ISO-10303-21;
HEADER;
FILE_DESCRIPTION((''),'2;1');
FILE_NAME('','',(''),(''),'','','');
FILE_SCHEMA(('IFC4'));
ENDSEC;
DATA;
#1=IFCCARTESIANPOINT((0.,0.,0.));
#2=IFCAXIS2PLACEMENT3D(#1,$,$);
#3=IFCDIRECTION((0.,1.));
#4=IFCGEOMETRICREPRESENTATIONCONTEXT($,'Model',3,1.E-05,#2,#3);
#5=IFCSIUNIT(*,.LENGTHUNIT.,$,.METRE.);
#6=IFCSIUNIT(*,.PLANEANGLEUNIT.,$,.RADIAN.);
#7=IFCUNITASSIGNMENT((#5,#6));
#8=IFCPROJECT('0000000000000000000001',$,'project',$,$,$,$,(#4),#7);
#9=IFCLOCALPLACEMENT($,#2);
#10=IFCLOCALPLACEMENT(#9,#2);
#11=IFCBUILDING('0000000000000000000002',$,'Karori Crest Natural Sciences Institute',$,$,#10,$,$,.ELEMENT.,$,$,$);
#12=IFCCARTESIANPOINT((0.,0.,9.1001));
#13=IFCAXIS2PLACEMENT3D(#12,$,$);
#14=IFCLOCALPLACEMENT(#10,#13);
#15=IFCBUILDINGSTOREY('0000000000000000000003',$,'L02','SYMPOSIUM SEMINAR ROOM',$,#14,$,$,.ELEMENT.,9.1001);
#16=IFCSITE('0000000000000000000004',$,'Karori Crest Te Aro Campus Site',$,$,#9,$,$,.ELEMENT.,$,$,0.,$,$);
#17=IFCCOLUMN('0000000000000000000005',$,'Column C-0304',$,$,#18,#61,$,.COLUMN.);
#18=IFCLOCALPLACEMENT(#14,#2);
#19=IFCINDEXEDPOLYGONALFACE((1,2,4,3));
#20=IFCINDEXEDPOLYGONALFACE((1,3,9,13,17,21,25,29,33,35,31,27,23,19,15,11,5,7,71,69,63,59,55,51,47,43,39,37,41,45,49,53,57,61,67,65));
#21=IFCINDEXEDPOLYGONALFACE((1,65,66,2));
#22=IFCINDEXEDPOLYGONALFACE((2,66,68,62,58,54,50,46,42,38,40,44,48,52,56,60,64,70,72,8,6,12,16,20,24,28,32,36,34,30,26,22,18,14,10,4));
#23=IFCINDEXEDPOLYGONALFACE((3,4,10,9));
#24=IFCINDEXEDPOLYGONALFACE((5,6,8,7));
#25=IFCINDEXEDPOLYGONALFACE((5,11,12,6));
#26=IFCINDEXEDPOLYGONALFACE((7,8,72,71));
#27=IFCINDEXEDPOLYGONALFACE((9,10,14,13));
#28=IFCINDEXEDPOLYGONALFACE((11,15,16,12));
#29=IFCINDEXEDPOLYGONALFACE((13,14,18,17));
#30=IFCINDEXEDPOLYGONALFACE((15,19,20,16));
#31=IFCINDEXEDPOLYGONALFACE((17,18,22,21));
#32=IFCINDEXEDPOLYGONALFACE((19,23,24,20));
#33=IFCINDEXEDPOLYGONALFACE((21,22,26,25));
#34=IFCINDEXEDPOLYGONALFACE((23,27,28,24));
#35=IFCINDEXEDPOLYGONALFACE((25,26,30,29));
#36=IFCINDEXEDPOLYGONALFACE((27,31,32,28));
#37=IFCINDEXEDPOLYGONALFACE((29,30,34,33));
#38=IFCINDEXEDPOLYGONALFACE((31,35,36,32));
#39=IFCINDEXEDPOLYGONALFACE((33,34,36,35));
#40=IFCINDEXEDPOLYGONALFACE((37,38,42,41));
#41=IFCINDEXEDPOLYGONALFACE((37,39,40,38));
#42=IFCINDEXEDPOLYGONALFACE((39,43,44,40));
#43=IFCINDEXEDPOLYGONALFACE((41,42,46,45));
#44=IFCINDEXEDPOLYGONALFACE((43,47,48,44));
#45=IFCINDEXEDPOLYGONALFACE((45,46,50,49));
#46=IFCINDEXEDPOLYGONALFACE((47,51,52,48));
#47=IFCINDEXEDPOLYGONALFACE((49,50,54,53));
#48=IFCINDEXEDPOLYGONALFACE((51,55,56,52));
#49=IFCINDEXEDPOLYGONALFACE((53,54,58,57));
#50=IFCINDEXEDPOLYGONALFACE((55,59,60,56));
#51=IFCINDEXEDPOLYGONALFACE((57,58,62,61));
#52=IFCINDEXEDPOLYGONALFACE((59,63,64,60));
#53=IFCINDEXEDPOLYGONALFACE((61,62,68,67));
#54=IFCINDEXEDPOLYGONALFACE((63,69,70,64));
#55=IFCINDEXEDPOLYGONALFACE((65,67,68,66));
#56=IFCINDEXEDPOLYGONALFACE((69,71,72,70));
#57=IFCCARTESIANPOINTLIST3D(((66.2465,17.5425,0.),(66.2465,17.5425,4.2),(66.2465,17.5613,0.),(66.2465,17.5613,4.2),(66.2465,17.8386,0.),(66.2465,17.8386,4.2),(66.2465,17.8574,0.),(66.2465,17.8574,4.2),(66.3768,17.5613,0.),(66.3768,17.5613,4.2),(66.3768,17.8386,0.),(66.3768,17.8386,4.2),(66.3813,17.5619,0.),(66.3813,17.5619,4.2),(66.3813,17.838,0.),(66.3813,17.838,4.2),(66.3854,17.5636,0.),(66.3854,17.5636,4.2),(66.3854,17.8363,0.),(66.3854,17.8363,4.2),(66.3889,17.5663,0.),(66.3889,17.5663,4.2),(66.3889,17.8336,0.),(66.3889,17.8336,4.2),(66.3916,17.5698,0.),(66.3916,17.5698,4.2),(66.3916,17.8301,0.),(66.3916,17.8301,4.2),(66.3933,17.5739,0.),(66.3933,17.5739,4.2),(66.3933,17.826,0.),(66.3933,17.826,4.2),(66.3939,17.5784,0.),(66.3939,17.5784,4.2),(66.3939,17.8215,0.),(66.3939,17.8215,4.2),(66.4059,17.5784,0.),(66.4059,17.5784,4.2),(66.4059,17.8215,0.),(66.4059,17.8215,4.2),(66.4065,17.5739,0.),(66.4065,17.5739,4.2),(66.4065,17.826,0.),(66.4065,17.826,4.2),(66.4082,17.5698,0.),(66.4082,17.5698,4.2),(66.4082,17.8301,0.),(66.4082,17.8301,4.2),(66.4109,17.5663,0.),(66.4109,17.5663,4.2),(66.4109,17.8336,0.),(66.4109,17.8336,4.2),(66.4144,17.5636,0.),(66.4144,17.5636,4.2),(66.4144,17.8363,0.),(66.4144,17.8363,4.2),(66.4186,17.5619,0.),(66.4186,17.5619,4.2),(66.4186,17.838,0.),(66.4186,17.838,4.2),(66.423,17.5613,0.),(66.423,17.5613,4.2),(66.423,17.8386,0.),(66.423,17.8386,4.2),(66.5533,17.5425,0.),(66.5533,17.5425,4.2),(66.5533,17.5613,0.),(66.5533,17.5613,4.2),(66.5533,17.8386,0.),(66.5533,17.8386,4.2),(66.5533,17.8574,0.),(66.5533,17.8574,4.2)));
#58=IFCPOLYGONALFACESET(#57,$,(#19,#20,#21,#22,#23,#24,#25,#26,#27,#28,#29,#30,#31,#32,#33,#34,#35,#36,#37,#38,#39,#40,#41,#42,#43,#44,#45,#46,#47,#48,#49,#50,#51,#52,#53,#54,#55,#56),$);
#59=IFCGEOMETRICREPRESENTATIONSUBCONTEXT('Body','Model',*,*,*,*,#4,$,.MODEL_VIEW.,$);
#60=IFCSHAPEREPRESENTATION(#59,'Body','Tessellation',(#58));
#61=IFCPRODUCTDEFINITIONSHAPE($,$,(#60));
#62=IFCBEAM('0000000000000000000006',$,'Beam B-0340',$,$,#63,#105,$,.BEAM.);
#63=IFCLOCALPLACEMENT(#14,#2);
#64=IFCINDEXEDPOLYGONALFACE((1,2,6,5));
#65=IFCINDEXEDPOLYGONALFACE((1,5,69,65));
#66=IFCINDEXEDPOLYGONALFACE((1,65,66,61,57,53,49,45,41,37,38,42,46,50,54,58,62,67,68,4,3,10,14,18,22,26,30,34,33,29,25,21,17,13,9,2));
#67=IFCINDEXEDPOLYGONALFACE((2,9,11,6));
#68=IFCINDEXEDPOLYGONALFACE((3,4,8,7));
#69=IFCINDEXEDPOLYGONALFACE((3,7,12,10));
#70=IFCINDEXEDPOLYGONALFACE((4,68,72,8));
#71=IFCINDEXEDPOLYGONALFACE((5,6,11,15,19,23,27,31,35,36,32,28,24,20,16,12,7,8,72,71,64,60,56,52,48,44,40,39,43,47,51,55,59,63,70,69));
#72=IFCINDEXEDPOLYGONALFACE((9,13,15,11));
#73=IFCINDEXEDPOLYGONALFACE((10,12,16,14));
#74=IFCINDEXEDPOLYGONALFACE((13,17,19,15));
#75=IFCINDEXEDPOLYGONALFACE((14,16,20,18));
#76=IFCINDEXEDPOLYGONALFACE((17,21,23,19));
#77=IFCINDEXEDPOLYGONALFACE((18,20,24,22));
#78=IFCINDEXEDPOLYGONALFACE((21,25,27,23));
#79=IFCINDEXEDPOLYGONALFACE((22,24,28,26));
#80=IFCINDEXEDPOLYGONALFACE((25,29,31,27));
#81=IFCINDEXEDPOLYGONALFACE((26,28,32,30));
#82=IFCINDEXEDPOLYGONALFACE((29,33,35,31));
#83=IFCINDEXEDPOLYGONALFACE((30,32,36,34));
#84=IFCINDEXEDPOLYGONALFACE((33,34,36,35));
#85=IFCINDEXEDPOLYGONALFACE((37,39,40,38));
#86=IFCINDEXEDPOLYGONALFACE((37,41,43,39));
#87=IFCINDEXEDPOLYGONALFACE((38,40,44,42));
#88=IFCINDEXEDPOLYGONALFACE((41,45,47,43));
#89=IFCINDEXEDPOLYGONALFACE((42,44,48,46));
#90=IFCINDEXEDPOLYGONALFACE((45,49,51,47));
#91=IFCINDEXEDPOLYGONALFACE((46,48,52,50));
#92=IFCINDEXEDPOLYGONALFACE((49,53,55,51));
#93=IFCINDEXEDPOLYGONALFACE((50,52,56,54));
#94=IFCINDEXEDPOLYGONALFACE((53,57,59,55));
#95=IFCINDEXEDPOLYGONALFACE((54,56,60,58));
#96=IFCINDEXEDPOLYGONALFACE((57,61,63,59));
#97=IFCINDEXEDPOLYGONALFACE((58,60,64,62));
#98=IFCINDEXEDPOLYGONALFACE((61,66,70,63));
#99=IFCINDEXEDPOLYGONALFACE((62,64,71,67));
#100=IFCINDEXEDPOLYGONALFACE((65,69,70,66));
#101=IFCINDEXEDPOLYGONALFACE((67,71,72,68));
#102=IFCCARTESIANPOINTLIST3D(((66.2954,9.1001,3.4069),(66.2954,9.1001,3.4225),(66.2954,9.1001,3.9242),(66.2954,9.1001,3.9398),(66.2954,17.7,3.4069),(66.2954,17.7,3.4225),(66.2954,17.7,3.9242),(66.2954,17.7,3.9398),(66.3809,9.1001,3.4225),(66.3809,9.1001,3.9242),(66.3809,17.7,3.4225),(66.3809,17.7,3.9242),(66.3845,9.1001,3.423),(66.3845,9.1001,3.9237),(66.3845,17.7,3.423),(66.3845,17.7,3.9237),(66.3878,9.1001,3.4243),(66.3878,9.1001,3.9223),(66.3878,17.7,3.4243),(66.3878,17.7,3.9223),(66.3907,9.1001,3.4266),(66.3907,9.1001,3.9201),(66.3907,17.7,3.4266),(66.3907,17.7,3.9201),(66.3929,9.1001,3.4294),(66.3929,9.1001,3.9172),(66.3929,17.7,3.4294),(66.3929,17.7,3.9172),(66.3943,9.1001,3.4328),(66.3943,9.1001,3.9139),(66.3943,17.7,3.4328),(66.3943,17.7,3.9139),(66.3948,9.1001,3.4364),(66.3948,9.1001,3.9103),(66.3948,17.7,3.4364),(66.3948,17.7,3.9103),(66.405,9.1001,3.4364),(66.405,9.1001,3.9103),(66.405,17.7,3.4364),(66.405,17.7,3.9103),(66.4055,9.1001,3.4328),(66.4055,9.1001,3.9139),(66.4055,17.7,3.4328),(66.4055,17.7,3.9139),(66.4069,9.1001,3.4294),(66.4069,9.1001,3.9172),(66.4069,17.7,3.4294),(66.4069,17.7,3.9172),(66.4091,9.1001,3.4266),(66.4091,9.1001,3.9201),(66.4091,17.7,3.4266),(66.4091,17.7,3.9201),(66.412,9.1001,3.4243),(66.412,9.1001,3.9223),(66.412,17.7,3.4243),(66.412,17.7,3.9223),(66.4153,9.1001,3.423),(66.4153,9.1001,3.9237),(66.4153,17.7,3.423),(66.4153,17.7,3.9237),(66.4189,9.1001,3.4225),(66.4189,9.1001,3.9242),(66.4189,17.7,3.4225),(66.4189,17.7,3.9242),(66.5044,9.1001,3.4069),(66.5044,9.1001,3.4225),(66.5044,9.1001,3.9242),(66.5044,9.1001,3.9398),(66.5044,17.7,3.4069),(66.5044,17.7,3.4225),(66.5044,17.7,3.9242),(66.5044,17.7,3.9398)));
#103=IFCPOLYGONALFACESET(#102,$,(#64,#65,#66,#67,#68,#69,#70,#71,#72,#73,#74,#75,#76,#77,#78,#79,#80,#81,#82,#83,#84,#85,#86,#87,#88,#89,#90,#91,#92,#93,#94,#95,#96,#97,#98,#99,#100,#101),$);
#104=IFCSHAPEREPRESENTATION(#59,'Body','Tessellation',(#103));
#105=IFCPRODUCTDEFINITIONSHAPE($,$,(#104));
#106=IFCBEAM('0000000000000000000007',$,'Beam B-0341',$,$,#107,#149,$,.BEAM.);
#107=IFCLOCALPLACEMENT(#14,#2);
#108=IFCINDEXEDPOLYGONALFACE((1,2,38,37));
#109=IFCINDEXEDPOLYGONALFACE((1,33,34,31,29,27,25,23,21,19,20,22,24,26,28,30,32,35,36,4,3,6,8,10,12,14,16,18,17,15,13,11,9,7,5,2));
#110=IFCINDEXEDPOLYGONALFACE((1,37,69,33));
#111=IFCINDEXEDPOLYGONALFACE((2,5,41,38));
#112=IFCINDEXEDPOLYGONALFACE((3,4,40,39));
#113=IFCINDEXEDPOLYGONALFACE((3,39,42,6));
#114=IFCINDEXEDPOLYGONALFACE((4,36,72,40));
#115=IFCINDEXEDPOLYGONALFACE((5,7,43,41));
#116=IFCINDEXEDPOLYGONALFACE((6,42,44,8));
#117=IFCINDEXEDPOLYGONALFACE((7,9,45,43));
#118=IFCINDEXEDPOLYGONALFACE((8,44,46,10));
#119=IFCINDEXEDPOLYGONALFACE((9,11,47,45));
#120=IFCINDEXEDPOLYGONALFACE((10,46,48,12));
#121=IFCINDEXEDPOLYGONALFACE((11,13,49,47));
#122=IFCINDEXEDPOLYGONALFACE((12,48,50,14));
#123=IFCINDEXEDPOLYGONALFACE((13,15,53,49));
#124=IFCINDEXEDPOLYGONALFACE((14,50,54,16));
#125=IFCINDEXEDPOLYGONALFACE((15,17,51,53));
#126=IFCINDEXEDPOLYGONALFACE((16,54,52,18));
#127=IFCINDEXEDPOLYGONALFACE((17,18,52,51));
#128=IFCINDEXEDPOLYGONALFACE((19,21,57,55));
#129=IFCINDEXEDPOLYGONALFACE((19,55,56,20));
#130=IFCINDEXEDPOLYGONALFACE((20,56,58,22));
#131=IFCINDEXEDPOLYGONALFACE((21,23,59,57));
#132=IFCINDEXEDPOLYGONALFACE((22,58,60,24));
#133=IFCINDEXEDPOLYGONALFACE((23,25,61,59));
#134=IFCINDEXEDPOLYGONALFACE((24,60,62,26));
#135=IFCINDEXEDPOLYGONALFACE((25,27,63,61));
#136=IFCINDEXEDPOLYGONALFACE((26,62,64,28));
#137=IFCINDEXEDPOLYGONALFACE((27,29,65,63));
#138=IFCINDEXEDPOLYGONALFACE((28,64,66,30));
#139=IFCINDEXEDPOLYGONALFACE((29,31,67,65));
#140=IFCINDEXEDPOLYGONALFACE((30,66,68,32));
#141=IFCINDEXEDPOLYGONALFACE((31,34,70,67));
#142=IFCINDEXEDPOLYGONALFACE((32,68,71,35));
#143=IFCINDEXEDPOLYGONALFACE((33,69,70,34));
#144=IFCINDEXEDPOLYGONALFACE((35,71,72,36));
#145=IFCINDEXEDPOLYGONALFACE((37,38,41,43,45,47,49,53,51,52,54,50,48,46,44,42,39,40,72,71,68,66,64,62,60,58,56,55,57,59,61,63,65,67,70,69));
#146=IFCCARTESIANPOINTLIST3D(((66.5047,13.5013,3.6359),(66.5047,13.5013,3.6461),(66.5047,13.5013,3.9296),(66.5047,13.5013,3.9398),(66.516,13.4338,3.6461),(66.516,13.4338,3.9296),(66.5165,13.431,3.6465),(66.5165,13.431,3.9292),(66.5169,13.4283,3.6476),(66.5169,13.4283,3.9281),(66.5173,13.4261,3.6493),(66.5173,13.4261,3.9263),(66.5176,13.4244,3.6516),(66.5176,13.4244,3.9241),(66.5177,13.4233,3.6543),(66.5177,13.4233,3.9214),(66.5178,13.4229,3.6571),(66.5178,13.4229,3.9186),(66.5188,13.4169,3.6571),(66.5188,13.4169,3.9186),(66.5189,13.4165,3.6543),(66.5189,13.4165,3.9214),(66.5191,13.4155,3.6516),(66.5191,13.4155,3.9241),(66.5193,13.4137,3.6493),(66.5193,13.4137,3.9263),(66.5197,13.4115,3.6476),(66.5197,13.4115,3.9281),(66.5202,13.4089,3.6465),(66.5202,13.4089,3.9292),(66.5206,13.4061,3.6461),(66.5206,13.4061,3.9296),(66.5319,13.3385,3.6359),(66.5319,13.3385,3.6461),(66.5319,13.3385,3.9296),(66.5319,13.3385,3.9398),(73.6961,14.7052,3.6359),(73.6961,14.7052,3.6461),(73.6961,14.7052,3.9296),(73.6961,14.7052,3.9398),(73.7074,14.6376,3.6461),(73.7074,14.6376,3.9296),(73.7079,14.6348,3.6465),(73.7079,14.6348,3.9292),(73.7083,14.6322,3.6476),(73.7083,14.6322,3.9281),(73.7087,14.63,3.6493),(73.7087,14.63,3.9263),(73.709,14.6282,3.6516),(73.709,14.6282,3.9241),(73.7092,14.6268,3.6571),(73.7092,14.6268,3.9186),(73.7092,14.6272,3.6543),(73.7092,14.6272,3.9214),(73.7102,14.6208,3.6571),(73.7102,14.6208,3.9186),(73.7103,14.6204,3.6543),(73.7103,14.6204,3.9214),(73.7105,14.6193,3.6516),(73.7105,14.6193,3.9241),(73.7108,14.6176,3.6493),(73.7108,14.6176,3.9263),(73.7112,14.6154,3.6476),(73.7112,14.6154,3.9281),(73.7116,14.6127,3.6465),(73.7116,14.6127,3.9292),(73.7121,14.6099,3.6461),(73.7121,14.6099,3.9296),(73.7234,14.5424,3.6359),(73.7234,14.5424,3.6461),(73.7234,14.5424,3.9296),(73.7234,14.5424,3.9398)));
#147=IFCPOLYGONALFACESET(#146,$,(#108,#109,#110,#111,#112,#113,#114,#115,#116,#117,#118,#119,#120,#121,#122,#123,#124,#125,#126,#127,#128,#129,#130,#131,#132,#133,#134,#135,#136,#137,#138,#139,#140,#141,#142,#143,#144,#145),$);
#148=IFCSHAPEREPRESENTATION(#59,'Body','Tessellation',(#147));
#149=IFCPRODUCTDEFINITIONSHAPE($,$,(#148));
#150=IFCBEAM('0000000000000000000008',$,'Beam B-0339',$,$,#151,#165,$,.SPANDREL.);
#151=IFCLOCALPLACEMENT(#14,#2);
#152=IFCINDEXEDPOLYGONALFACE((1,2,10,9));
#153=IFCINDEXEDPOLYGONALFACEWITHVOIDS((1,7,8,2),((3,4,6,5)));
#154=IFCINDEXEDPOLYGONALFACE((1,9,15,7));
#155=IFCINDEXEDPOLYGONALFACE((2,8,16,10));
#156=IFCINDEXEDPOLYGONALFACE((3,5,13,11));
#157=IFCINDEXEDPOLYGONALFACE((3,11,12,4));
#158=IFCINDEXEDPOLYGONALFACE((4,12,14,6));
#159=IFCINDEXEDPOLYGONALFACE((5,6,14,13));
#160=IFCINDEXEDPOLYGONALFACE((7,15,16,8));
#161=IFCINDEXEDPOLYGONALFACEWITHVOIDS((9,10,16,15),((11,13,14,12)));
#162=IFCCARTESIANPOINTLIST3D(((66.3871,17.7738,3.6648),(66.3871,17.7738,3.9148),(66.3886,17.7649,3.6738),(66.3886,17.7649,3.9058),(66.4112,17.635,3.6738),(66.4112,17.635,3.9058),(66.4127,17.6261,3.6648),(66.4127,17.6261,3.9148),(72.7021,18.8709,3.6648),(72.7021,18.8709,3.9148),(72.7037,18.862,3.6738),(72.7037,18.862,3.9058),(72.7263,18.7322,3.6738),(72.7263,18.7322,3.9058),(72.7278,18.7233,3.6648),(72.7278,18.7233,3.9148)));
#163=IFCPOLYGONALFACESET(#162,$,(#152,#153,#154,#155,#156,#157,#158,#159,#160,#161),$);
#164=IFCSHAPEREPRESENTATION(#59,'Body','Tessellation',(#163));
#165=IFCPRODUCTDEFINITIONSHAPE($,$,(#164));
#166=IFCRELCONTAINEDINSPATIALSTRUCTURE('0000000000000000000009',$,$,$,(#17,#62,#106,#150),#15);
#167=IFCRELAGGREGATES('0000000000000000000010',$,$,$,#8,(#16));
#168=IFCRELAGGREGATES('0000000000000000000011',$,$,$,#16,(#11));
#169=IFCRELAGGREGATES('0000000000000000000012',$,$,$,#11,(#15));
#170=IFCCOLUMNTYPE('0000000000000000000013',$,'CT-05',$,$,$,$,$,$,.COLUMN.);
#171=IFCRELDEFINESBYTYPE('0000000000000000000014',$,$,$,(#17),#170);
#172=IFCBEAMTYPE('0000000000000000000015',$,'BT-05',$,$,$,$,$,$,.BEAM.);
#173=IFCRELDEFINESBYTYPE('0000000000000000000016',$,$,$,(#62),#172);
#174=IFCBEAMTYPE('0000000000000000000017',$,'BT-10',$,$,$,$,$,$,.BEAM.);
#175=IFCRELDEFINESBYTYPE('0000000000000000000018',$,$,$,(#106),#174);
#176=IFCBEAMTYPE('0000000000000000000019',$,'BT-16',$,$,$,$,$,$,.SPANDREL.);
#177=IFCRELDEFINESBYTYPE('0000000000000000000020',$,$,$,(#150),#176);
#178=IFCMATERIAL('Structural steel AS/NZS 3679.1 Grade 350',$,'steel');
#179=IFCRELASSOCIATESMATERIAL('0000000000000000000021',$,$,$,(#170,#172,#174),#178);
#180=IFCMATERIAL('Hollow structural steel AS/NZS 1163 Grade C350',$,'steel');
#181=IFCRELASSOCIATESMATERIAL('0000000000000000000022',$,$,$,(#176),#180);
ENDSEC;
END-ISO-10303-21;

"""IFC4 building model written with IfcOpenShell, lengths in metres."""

from ifc_helpers import new_model, si_unit, direction, frame, origin, origin_2d, place, context, subcontext, project, spatial, hollow_rectangle, i_section, extrude, material, material_profile, profile_set, type_object, element, save


model = new_model("IFC4")

# Units and contexts
model_context = context("Model", 3, precision=1e-05, world=origin(), true_north=direction((0.0, 1.0)))
body_context = subcontext(model_context, "Body", "Model", "MODEL_VIEW")
ifc_project = project(units=[si_unit("LENGTHUNIT", "METRE"), si_unit("PLANEANGLEUNIT", "RADIAN")], contexts=[model_context])

# Site, building, storey
site_placement = place(None, origin())
site = spatial("IfcSite", under=ifc_project, at=site_placement, Name="Karori Crest Te Aro Campus Site", CompositionType="ELEMENT", RefElevation=0.0)
building_placement = place(site_placement, origin())
building = spatial("IfcBuilding", under=site, at=building_placement, Name="Karori Crest Natural Sciences Institute", CompositionType="ELEMENT")
storey_placement = place(building_placement, frame((0.0, 0.0, 9.1001)))
storey = spatial("IfcBuildingStorey", under=building, at=storey_placement, Name="L02", Description="SYMPOSIUM SEMINAR ROOM", CompositionType="ELEMENT", Elevation=9.1001)

# Column
ifc_material_1 = material(Name="Structural steel AS/NZS 3679.1 Grade 350", Category="steel")
ifc_material_profile_1 = material_profile(ifc_material_1, i_section(OverallWidth=0.3069, OverallDepth=0.3149, WebThickness=0.012, FlangeThickness=0.0188, FilletRadius=0.0171, at=origin_2d()), Name="310UC118")
ifc_profile_set_1 = profile_set([ifc_material_profile_1], Name="Structural steel AS/NZS 3679.1 Grade 350")
column_type = type_object("IfcColumnType", Name="CT-05", PredefinedType="COLUMN", material=ifc_profile_set_1)
column_placement = place(storey_placement, frame((66.3999, 17.7, 0.0), z_axis=(0.0, 0.0, 1.0), x_axis=(1.0, 0.0, 0.0)))
element("IfcColumn", 1, at=column_placement, inside=storey, type_object=column_type, Name="Column C-0304", PredefinedType="COLUMN", context=body_context, shape_type="SweptSolid", body=[
    extrude(i_section(OverallWidth=0.3069, OverallDepth=0.3149, WebThickness=0.012, FlangeThickness=0.0188, FilletRadius=0.0171, at=origin_2d()), origin(), (0.0, 0.0, 1.0), 4.2),
])

# Beams
ifc_material_profile_2 = material_profile(ifc_material_1, i_section(OverallWidth=0.209, OverallDepth=0.533, WebThickness=0.0103, FlangeThickness=0.0156, FilletRadius=0.0139, at=origin_2d()), Name="530UB92.4")
ifc_profile_set_2 = profile_set([ifc_material_profile_2], Name="Structural steel AS/NZS 3679.1 Grade 350")
beam_type_1 = type_object("IfcBeamType", Name="BT-05", PredefinedType="BEAM", material=ifc_profile_set_2)
beam_1_placement = place(storey_placement, frame((66.3999, 17.7, 3.6733), z_axis=(0.0, -1.0, 0.0), x_axis=(1.0, 0.0, 0.0)))
element("IfcBeam", 2, at=beam_1_placement, inside=storey, type_object=beam_type_1, Name="Beam B-0340", PredefinedType="BEAM", context=body_context, shape_type="SweptSolid", body=[
    extrude(i_section(OverallWidth=0.209, OverallDepth=0.533, WebThickness=0.0103, FlangeThickness=0.0156, FilletRadius=0.0139, at=origin_2d()), origin(), (0.0, 0.0, 1.0), 8.5999),
])
ifc_material_profile_3 = material_profile(ifc_material_1, i_section(OverallWidth=0.165, OverallDepth=0.304, WebThickness=0.0061, FlangeThickness=0.0103, FilletRadius=0.011, at=origin_2d()), Name="310UB40.4")
ifc_profile_set_3 = profile_set([ifc_material_profile_3], Name="Structural steel AS/NZS 3679.1 Grade 350")
beam_type_2 = type_object("IfcBeamType", Name="BT-10", PredefinedType="BEAM", material=ifc_profile_set_3)
beam_2_placement = place(storey_placement, frame((66.5183, 13.4199, 3.7878), z_axis=(0.986276, 0.165105, 0.0), x_axis=(-0.165105, 0.986276, 0.0)))
element("IfcBeam", 3, at=beam_2_placement, inside=storey, type_object=beam_type_2, Name="Beam B-0341", PredefinedType="BEAM", context=body_context, shape_type="SweptSolid", body=[
    extrude(i_section(OverallWidth=0.165, OverallDepth=0.304, WebThickness=0.0061, FlangeThickness=0.0103, FilletRadius=0.011, at=origin_2d()), origin(), (0.0, 0.0, 1.0), 7.2915),
])
ifc_material_2 = material(Name="Hollow structural steel AS/NZS 1163 Grade C350", Category="steel")
ifc_material_profile_4 = material_profile(ifc_material_2, hollow_rectangle(XDim=0.1499, YDim=0.25, WallThickness=0.009, at=origin_2d()), Name="RHS250x150x9")
ifc_profile_set_4 = profile_set([ifc_material_profile_4], Name="Hollow structural steel AS/NZS 1163 Grade C350")
beam_type_3 = type_object("IfcBeamType", Name="BT-16", PredefinedType="SPANDREL", material=ifc_profile_set_4)
beam_3_placement = place(storey_placement, frame((66.3999, 17.7, 3.7898), z_axis=(0.985241, 0.171171, 0.0), x_axis=(-0.171171, 0.985241, 0.0)))
element("IfcBeam", 4, at=beam_3_placement, inside=storey, type_object=beam_type_3, Name="Beam B-0339", PredefinedType="SPANDREL", context=body_context, shape_type="SweptSolid", body=[
    extrude(hollow_rectangle(XDim=0.1499, YDim=0.25, WallThickness=0.009, at=origin_2d()), origin(), (0.0, 0.0, 1.0), 6.4097),
])

save(model, "model.ifc")
